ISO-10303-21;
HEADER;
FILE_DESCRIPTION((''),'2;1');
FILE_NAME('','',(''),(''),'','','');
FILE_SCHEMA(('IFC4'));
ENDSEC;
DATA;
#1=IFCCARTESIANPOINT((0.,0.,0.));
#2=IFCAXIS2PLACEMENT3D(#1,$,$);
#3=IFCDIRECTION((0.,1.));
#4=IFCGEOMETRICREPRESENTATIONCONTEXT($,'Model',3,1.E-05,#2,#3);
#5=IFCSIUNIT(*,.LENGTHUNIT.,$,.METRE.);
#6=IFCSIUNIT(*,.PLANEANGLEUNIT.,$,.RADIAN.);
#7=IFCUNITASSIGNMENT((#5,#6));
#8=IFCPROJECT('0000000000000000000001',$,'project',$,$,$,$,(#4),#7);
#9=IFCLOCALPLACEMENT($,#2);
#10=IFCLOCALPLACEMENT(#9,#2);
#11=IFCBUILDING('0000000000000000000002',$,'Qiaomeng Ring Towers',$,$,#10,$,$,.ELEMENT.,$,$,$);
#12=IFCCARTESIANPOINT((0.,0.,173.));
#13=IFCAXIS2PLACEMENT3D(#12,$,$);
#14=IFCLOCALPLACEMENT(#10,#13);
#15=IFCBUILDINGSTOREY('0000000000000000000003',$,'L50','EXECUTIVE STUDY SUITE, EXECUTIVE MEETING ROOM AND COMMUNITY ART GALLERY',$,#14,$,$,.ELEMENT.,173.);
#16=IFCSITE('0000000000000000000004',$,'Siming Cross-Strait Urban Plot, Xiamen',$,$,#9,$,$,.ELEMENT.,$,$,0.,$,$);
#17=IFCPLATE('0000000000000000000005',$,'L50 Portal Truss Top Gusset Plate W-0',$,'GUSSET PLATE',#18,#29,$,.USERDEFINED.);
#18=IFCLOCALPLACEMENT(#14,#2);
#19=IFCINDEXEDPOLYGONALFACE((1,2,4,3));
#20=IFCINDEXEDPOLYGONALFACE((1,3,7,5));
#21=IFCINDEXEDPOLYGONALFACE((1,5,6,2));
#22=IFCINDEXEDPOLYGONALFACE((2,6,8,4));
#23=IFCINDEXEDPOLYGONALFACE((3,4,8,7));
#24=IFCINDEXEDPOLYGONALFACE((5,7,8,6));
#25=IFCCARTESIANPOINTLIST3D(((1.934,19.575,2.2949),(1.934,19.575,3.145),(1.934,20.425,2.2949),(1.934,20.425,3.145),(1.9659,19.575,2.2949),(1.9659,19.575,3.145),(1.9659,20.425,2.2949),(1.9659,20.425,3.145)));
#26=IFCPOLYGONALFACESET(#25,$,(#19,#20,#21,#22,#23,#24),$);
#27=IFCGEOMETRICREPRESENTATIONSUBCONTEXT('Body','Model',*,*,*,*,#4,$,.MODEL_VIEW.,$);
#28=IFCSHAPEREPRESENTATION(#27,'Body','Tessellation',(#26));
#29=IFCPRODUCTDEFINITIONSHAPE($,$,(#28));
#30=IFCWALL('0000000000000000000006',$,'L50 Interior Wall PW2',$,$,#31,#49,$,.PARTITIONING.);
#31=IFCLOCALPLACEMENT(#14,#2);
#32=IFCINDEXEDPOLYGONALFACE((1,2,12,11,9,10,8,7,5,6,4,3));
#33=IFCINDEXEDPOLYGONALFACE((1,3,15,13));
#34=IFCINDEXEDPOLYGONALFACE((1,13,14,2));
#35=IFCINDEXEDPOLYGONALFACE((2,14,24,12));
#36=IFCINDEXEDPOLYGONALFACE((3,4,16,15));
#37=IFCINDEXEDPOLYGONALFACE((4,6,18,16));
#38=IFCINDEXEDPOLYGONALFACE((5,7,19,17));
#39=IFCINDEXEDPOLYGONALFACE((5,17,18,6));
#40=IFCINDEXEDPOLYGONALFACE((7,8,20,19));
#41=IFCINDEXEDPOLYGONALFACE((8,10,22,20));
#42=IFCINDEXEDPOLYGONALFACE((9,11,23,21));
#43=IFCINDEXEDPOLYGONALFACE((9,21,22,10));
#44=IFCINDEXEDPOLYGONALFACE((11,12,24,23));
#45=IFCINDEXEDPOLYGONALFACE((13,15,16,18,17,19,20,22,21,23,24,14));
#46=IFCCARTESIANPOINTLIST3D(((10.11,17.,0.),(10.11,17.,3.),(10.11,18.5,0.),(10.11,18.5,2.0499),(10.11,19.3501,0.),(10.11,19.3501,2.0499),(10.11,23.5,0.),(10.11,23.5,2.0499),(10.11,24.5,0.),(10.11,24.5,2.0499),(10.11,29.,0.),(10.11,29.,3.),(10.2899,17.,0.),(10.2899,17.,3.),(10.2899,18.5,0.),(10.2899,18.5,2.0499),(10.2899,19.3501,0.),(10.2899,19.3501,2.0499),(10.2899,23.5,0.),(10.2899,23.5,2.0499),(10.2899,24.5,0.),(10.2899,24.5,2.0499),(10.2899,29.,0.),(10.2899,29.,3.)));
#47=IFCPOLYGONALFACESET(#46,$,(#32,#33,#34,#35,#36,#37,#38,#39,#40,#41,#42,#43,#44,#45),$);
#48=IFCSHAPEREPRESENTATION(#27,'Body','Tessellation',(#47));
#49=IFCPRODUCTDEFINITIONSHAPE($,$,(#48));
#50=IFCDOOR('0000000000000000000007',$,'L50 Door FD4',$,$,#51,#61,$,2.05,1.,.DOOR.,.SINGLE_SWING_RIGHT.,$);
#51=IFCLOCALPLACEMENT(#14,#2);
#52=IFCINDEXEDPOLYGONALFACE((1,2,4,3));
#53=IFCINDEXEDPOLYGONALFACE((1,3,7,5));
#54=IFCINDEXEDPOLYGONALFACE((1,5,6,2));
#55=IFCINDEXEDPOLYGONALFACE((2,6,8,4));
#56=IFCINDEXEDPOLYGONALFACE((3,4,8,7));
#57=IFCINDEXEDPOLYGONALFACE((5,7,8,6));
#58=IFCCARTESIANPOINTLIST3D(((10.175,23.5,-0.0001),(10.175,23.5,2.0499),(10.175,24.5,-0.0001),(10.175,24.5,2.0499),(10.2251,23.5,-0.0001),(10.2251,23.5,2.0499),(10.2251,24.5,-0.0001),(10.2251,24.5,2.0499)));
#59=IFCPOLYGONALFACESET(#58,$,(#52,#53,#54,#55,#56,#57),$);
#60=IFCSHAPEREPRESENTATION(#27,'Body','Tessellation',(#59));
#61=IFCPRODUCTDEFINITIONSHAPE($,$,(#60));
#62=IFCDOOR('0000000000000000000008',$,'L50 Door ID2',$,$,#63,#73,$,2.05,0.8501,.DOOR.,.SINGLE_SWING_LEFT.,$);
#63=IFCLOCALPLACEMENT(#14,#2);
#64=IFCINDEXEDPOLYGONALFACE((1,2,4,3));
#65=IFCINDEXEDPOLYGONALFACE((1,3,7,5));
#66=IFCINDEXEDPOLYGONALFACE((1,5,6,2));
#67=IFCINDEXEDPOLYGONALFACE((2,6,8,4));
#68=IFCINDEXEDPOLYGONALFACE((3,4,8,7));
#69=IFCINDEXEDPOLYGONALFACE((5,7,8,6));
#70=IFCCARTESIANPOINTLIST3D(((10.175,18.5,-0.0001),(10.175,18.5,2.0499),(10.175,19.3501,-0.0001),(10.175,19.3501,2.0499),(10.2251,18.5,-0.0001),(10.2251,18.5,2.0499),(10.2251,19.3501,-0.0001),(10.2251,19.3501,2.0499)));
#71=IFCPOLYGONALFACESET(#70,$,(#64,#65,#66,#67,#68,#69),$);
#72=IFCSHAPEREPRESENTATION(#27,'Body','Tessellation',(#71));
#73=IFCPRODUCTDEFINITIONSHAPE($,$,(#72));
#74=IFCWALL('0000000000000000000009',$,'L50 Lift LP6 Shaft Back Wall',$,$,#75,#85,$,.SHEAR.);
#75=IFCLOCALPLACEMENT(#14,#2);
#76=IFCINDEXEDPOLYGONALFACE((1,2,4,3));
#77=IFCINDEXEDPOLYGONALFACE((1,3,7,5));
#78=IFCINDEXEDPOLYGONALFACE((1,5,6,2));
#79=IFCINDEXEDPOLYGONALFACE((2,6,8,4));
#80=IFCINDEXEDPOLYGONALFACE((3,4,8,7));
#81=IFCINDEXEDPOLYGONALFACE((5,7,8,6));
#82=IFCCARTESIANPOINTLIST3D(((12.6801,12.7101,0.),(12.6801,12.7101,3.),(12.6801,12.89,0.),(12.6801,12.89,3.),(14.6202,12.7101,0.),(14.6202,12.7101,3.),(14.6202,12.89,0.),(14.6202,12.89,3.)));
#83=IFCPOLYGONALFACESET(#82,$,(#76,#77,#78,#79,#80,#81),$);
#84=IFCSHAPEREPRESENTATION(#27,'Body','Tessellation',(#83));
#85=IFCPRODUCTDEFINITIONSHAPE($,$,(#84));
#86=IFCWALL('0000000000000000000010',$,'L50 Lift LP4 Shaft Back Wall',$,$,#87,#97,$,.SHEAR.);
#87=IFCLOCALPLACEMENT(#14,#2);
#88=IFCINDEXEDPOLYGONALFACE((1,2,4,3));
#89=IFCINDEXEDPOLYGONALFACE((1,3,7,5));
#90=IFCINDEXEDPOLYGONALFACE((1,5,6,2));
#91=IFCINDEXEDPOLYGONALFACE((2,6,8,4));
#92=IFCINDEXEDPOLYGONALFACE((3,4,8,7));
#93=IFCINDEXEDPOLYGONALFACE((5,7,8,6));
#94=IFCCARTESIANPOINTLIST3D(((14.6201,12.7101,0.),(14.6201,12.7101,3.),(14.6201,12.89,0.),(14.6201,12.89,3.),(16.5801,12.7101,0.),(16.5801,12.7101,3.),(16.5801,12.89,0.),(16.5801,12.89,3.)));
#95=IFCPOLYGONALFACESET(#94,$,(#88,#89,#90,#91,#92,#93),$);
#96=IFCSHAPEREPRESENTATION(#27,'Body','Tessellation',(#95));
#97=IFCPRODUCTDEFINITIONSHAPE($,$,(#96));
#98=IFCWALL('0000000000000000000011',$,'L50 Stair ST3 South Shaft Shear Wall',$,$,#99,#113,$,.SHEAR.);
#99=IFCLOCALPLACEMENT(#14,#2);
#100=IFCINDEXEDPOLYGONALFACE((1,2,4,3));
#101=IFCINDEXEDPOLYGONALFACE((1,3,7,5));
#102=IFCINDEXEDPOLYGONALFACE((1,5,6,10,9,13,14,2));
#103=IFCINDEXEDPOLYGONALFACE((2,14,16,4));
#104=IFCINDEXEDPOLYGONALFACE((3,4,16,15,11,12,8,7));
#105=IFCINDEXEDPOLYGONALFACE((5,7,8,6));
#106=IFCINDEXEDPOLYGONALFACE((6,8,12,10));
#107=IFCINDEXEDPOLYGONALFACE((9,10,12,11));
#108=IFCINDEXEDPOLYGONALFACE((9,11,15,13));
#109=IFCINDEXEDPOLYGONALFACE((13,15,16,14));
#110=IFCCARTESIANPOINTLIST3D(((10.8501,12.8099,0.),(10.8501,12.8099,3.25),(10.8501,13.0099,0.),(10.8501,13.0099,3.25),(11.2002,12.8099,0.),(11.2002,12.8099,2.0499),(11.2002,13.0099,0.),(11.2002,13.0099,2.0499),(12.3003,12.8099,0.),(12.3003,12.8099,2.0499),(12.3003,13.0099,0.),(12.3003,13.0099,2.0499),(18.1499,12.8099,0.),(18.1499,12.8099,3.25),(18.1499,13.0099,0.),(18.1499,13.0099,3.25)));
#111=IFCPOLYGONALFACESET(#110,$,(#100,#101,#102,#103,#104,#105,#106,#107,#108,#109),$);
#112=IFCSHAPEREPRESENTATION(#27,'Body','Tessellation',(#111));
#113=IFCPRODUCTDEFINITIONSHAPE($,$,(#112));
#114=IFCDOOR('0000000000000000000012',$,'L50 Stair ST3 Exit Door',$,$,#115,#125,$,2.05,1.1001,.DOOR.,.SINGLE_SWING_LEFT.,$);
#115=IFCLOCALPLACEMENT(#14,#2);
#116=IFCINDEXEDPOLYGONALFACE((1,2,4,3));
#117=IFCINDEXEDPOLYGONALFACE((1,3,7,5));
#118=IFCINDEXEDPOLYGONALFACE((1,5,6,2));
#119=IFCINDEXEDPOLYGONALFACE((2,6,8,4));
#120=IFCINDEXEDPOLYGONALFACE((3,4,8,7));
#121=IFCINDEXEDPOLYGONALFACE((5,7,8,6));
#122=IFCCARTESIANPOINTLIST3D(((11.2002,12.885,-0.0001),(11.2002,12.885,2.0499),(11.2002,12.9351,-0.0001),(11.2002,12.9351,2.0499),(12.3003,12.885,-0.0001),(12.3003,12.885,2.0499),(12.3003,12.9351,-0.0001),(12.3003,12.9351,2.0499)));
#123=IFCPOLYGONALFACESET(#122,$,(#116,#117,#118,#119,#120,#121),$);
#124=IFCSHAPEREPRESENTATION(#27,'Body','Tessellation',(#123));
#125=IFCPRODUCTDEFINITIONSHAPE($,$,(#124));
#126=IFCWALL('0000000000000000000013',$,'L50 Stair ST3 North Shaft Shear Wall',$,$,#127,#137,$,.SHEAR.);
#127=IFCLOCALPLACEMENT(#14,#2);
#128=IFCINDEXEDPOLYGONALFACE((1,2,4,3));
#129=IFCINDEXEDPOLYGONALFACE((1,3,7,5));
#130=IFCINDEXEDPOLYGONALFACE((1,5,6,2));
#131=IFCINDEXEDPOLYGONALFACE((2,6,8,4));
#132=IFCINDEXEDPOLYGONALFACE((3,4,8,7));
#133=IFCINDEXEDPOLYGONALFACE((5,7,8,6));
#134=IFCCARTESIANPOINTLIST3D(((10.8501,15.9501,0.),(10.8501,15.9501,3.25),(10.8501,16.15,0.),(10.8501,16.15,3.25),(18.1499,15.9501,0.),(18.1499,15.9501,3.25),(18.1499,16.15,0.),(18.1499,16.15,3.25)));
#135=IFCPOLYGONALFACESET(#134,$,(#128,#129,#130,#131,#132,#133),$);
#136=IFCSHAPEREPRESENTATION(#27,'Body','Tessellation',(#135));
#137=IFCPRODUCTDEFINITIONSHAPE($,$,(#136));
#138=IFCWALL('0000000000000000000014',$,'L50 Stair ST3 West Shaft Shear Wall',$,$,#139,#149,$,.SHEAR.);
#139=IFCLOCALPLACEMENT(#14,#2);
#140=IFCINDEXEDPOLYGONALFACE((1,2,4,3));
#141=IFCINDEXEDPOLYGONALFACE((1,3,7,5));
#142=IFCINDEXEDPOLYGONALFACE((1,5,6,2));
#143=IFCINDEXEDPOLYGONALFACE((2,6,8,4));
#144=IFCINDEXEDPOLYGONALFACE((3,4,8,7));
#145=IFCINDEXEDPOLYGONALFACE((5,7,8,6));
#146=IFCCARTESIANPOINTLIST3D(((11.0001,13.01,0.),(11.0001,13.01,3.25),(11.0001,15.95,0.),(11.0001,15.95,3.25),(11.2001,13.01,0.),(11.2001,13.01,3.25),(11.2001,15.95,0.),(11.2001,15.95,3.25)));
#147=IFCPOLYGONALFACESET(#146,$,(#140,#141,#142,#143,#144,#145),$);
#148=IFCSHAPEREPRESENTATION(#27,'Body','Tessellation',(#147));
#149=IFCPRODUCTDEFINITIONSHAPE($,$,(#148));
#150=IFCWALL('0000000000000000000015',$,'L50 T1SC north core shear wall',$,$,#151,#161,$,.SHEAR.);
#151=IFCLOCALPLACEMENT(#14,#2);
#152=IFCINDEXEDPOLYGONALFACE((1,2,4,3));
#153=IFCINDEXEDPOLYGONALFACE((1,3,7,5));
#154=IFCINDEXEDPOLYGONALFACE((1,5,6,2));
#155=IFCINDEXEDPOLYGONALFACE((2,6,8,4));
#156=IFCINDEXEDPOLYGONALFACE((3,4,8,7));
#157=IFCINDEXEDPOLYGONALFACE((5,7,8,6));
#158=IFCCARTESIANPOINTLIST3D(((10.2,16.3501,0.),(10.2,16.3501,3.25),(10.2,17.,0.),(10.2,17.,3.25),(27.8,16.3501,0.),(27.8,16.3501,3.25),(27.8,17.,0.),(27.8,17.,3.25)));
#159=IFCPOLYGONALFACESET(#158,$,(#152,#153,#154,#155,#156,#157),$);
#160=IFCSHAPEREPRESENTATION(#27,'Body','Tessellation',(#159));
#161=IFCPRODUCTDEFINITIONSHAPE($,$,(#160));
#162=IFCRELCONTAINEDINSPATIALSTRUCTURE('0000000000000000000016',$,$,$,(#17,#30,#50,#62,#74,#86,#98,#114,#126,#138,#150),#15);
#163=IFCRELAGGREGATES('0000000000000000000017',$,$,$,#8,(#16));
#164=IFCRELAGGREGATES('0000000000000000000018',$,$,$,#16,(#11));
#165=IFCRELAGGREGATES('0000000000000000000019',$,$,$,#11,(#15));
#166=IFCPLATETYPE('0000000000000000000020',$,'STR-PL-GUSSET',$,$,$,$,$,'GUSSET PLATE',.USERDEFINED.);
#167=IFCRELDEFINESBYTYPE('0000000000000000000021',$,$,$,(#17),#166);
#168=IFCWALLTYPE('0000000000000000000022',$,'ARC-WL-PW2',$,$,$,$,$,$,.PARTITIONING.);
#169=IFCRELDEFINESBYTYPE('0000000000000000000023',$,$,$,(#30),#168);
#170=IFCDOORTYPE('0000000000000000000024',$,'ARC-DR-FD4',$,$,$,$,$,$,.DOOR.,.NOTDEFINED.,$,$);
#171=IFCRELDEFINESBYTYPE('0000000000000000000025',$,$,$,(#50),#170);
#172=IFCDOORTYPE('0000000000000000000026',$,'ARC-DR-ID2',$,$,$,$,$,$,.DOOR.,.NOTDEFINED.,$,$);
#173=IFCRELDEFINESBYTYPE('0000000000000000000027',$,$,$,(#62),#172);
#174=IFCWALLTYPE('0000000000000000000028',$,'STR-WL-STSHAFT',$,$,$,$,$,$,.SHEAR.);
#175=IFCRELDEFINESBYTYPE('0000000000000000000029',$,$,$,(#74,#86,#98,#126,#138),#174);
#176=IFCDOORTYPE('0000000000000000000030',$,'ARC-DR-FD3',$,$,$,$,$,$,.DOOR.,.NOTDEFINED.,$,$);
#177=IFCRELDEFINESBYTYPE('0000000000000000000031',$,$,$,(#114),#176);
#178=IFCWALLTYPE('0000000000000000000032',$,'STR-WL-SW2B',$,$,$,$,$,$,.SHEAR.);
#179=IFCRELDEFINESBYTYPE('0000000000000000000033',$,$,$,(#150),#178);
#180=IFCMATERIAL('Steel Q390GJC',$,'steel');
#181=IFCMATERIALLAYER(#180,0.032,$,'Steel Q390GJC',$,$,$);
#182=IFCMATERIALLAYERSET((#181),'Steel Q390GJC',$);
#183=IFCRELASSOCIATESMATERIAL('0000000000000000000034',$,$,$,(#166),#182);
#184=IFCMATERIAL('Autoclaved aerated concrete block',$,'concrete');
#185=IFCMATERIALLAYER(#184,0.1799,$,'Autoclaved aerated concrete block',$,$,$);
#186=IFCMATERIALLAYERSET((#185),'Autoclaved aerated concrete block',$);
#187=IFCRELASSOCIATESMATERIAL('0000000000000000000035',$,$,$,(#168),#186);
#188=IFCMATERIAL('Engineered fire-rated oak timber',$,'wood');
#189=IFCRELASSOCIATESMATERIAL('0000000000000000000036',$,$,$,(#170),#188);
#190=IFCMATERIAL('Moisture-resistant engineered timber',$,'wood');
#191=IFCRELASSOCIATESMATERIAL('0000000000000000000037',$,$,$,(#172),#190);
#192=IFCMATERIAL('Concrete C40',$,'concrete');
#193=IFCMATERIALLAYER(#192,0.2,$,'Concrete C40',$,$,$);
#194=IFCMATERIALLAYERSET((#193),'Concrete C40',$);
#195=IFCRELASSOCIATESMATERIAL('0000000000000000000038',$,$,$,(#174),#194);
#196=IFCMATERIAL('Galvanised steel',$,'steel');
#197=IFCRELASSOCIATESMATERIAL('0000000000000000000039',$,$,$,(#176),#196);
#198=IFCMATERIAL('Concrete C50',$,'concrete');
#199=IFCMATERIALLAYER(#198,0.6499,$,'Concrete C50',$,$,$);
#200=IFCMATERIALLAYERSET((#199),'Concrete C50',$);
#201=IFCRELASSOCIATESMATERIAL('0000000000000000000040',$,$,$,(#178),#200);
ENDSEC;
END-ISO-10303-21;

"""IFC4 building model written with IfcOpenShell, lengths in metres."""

from ifc_helpers import new_model, si_unit, direction, frame, frame_2d, origin, origin_2d, place, context, subcontext, project, spatial, rectangle, extrude, source, transform, mapped, material, layer, layer_set, type_object, element, fill, save


model = new_model("IFC4")

# Units and contexts
model_context = context("Model", 3, precision=1e-05, world=origin(), true_north=direction((0.0, 1.0)))
body_context = subcontext(model_context, "Body", "Model", "MODEL_VIEW")
ifc_project = project(units=[si_unit("LENGTHUNIT", "METRE"), si_unit("PLANEANGLEUNIT", "RADIAN")], contexts=[model_context])

# Site, building, storey
site_placement = place(None, origin())
site = spatial("IfcSite", under=ifc_project, at=site_placement, Name="Siming Cross-Strait Urban Plot, Xiamen", CompositionType="ELEMENT", RefElevation=0.0)
building_placement = place(site_placement, origin())
building = spatial("IfcBuilding", under=site, at=building_placement, Name="Qiaomeng Ring Towers", CompositionType="ELEMENT")
storey_placement = place(building_placement, frame((0.0, 0.0, 173.0)))
storey = spatial("IfcBuildingStorey", under=building, at=storey_placement, Name="L50", Description="EXECUTIVE STUDY SUITE, EXECUTIVE MEETING ROOM AND COMMUNITY ART GALLERY", CompositionType="ELEMENT", Elevation=173.0)

# Shared definitions
ifc_material_1 = material(Name="Concrete C50", Category="concrete")

# Shared definitions
ifc_material_2 = material(Name="Steel Q390GJC", Category="steel")

# Plate
ifc_layer_1 = layer(ifc_material_2, 0.032, Name="Steel Q390GJC")
ifc_layer_set_1 = layer_set([ifc_layer_1], Name="Steel Q390GJC")
plate_type = type_object("IfcPlateType", Name="STR-PL-GUSSET", ElementType="GUSSET PLATE", PredefinedType="USERDEFINED", material=ifc_layer_set_1)
shared_shape_1 = source(origin(), body_context, "Body", "SweptSolid", [
    extrude(rectangle(XDim=0.032, YDim=0.8501, at=origin_2d()), origin(), (0.0, 0.0, 1.0), 0.8501),
])
for number, where, z_axis, x_axis, name in (
    (1, (1.95, 20.0, 2.2949), (0.0, 0.0, 1.0), (1.0, 0.0, 0.0), "L50 Portal Truss Top Gusset Plate W-0"),
):
    element("IfcPlate", number, at=place(storey_placement, frame(where, z_axis=z_axis, x_axis=x_axis)), inside=storey, type_object=plate_type, Name=name, ObjectType="GUSSET PLATE", PredefinedType="USERDEFINED", context=body_context, shape_type="MappedRepresentation", body=[
        mapped(shared_shape_1, transform((0.0, 0.0, 0.0), x_axis=(1.0, 0.0, 0.0), y_axis=(0.0, 1.0, 0.0), z_axis=(0.0, 0.0, 1.0), scale=1.0)),
    ])

# Wall, openings, doors
ifc_material_3 = material(Name="Autoclaved aerated concrete block", Category="concrete")
ifc_layer_2 = layer(ifc_material_3, 0.1799, Name="Autoclaved aerated concrete block")
ifc_layer_set_2 = layer_set([ifc_layer_2], Name="Autoclaved aerated concrete block")
wall_type_1 = type_object("IfcWallType", Name="ARC-WL-PW2", PredefinedType="PARTITIONING", material=ifc_layer_set_2)
wall_1_placement = place(storey_placement, frame((10.2, 17.0, 0.0), z_axis=(0.0, 0.0, 1.0), x_axis=(0.0, 1.0, 0.0)))
wall_1 = element("IfcWall", 2, at=wall_1_placement, inside=storey, type_object=wall_type_1, Name="L50 Interior Wall PW2", PredefinedType="PARTITIONING", context=body_context, shape_type="SweptSolid", body=[
    extrude(rectangle(XDim=12.0, YDim=0.1799, at=frame_2d((6.0, 0.0))), origin(), (0.0, 0.0, 1.0), 3.0),
])
opening_1_placement = place(wall_1_placement, frame((1.5, 0.0, 0.0)))
opening_1 = element("IfcOpeningElement", 3, at=opening_1_placement, cuts=wall_1, PredefinedType="OPENING", context=body_context, shape_type="SweptSolid", body=[
    extrude(rectangle(XDim=0.8501, YDim=2.05, at=frame_2d((0.425, 1.0249))), frame((0.0, 0.0999, 0.0), z_axis=(0.0, -1.0, 0.0), x_axis=(1.0, 0.0, 0.0)), (0.0, 0.0, 1.0), 0.2),
])
opening_2_placement = place(wall_1_placement, frame((6.5, 0.0, 0.0)))
opening_2 = element("IfcOpeningElement", 4, at=opening_2_placement, cuts=wall_1, PredefinedType="OPENING", context=body_context, shape_type="SweptSolid", body=[
    extrude(rectangle(XDim=1.0, YDim=2.05, at=frame_2d((0.5, 1.0249))), frame((0.0, 0.0999, 0.0), z_axis=(0.0, -1.0, 0.0), x_axis=(1.0, 0.0, 0.0)), (0.0, 0.0, 1.0), 0.2),
])
ifc_material_4 = material(Name="Engineered fire-rated oak timber", Category="wood")
door_type_1 = type_object("IfcDoorType", Name="ARC-DR-FD4", OperationType="NOTDEFINED", PredefinedType="DOOR", material=ifc_material_4)
shared_shape_2 = source(origin(), body_context, "Body", "SweptSolid", [
    extrude(rectangle(XDim=1.0, YDim=2.05, at=frame_2d((0.5, 1.0249))), frame((0.0, 0.0249, 0.0), z_axis=(0.0, -1.0, 0.0), x_axis=(1.0, 0.0, 0.0)), (0.0, 0.0, 1.0), 0.05),
])
door_1_placement = place(opening_2_placement, origin())
door_1 = element("IfcDoor", 5, at=door_1_placement, inside=storey, type_object=door_type_1, Name="L50 Door FD4", OperationType="SINGLE_SWING_RIGHT", OverallHeight=2.05, OverallWidth=1.0, PredefinedType="DOOR", context=body_context, shape_type="MappedRepresentation", body=[
    mapped(shared_shape_2, transform((0.0, 0.0, 0.0), x_axis=(1.0, 0.0, 0.0), y_axis=(0.0, 1.0, 0.0), z_axis=(0.0, 0.0, 1.0), scale=1.0)),
])
fill(opening_2, door_1)
ifc_material_5 = material(Name="Moisture-resistant engineered timber", Category="wood")
door_type_2 = type_object("IfcDoorType", Name="ARC-DR-ID2", OperationType="NOTDEFINED", PredefinedType="DOOR", material=ifc_material_5)
shared_shape_3 = source(origin(), body_context, "Body", "SweptSolid", [
    extrude(rectangle(XDim=0.8501, YDim=2.05, at=frame_2d((0.425, 1.0249))), frame((0.0, 0.0249, 0.0), z_axis=(0.0, -1.0, 0.0), x_axis=(1.0, 0.0, 0.0)), (0.0, 0.0, 1.0), 0.05),
])
door_2_placement = place(opening_1_placement, origin())
door_2 = element("IfcDoor", 6, at=door_2_placement, inside=storey, type_object=door_type_2, Name="L50 Door ID2", OperationType="SINGLE_SWING_LEFT", OverallHeight=2.05, OverallWidth=0.8501, PredefinedType="DOOR", context=body_context, shape_type="MappedRepresentation", body=[
    mapped(shared_shape_3, transform((0.0, 0.0, 0.0), x_axis=(1.0, 0.0, 0.0), y_axis=(0.0, 1.0, 0.0), z_axis=(0.0, 0.0, 1.0), scale=1.0)),
])
fill(opening_1, door_2)

# Walls
ifc_material_6 = material(Name="Concrete C40", Category="concrete")
ifc_layer_3 = layer(ifc_material_6, 0.2, Name="Concrete C40")
ifc_layer_set_3 = layer_set([ifc_layer_3], Name="Concrete C40")
wall_type_2 = type_object("IfcWallType", Name="STR-WL-STSHAFT", PredefinedType="SHEAR", material=ifc_layer_set_3)
wall_2_placement = place(storey_placement, frame((12.6799, 12.8, 0.0), z_axis=(0.0, 0.0, 1.0), x_axis=(1.0, 0.0, 0.0)))
element("IfcWall", 7, at=wall_2_placement, inside=storey, type_object=wall_type_2, Name="L50 Lift LP6 Shaft Back Wall", PredefinedType="SHEAR", context=body_context, shape_type="SweptSolid", body=[
    extrude(rectangle(XDim=1.9402, YDim=0.1799, at=frame_2d((0.9702, 0.0))), origin(), (0.0, 0.0, 1.0), 3.0),
])
wall_3_placement = place(storey_placement, frame((14.6201, 12.8, 0.0), z_axis=(0.0, 0.0, 1.0), x_axis=(1.0, 0.0, 0.0)))
element("IfcWall", 8, at=wall_3_placement, inside=storey, type_object=wall_type_2, Name="L50 Lift LP4 Shaft Back Wall", PredefinedType="SHEAR", context=body_context, shape_type="SweptSolid", body=[
    extrude(rectangle(XDim=1.96, YDim=0.1799, at=frame_2d((0.98, 0.0))), origin(), (0.0, 0.0, 1.0), 3.0),
])

# Wall, opening, door
wall_4_placement = place(storey_placement, frame((10.8501, 12.9099, 0.0), z_axis=(0.0, 0.0, 1.0), x_axis=(1.0, 0.0, 0.0)))
wall_4 = element("IfcWall", 9, at=wall_4_placement, inside=storey, type_object=wall_type_2, Name="L50 Stair ST3 South Shaft Shear Wall", PredefinedType="SHEAR", context=body_context, shape_type="SweptSolid", body=[
    extrude(rectangle(XDim=7.2998, YDim=0.2, at=frame_2d((3.6499, 0.0))), origin(), (0.0, 0.0, 1.0), 3.25),
])
opening_3_placement = place(wall_4_placement, frame((0.3501, 0.0, 0.0)))
opening_3 = element("IfcOpeningElement", 10, at=opening_3_placement, cuts=wall_4, PredefinedType="OPENING", context=body_context, shape_type="SweptSolid", body=[
    extrude(rectangle(XDim=1.1001, YDim=2.05, at=frame_2d((0.55, 1.0249))), frame((0.0, 0.1099, 0.0), z_axis=(0.0, -1.0, 0.0), x_axis=(1.0, 0.0, 0.0)), (0.0, 0.0, 1.0), 0.22),
])
ifc_material_7 = material(Name="Galvanised steel", Category="steel")
door_type_3 = type_object("IfcDoorType", Name="ARC-DR-FD3", OperationType="NOTDEFINED", PredefinedType="DOOR", material=ifc_material_7)
shared_shape_4 = source(origin(), body_context, "Body", "SweptSolid", [
    extrude(rectangle(XDim=1.1001, YDim=2.05, at=frame_2d((0.55, 1.0249))), frame((0.0, 0.0249, 0.0), z_axis=(0.0, -1.0, 0.0), x_axis=(1.0, 0.0, 0.0)), (0.0, 0.0, 1.0), 0.05),
])
door_3_placement = place(opening_3_placement, frame((1.1001, 0.0, 0.0), z_axis=(0.0, 0.0, 1.0), x_axis=(-1.0, 0.0, 0.0)))
door_3 = element("IfcDoor", 11, at=door_3_placement, inside=storey, type_object=door_type_3, Name="L50 Stair ST3 Exit Door", OperationType="SINGLE_SWING_LEFT", OverallHeight=2.05, OverallWidth=1.1001, PredefinedType="DOOR", context=body_context, shape_type="MappedRepresentation", body=[
    mapped(shared_shape_4, transform((0.0, 0.0, 0.0), x_axis=(1.0, 0.0, 0.0), y_axis=(0.0, 1.0, 0.0), z_axis=(0.0, 0.0, 1.0), scale=1.0)),
])
fill(opening_3, door_3)

# Walls
wall_5_placement = place(storey_placement, frame((10.8501, 16.05, 0.0), z_axis=(0.0, 0.0, 1.0), x_axis=(1.0, 0.0, 0.0)))
element("IfcWall", 12, at=wall_5_placement, inside=storey, type_object=wall_type_2, Name="L50 Stair ST3 North Shaft Shear Wall", PredefinedType="SHEAR", context=body_context, shape_type="SweptSolid", body=[
    extrude(rectangle(XDim=7.2998, YDim=0.2, at=frame_2d((3.6499, 0.0))), origin(), (0.0, 0.0, 1.0), 3.25),
])
wall_6_placement = place(storey_placement, frame((11.1001, 13.01, 0.0), z_axis=(0.0, 0.0, 1.0), x_axis=(0.0, 1.0, 0.0)))
element("IfcWall", 13, at=wall_6_placement, inside=storey, type_object=wall_type_2, Name="L50 Stair ST3 West Shaft Shear Wall", PredefinedType="SHEAR", context=body_context, shape_type="SweptSolid", body=[
    extrude(rectangle(XDim=2.9399, YDim=0.2, at=frame_2d((1.47, 0.0))), origin(), (0.0, 0.0, 1.0), 3.25),
])
ifc_layer_4 = layer(ifc_material_1, 0.6499, Name="Concrete C50")
ifc_layer_set_4 = layer_set([ifc_layer_4], Name="Concrete C50")
wall_type_3 = type_object("IfcWallType", Name="STR-WL-SW2B", PredefinedType="SHEAR", material=ifc_layer_set_4)
wall_7_placement = place(storey_placement, frame((10.2, 16.675, 0.0), z_axis=(0.0, 0.0, 1.0), x_axis=(1.0, 0.0, 0.0)))
element("IfcWall", 14, at=wall_7_placement, inside=storey, type_object=wall_type_3, Name="L50 T1SC north core shear wall", PredefinedType="SHEAR", context=body_context, shape_type="SweptSolid", body=[
    extrude(rectangle(XDim=17.6001, YDim=0.6499, at=frame_2d((8.8, 0.0))), origin(), (0.0, 0.0, 1.0), 3.25),
])

save(model, "model.ifc")
